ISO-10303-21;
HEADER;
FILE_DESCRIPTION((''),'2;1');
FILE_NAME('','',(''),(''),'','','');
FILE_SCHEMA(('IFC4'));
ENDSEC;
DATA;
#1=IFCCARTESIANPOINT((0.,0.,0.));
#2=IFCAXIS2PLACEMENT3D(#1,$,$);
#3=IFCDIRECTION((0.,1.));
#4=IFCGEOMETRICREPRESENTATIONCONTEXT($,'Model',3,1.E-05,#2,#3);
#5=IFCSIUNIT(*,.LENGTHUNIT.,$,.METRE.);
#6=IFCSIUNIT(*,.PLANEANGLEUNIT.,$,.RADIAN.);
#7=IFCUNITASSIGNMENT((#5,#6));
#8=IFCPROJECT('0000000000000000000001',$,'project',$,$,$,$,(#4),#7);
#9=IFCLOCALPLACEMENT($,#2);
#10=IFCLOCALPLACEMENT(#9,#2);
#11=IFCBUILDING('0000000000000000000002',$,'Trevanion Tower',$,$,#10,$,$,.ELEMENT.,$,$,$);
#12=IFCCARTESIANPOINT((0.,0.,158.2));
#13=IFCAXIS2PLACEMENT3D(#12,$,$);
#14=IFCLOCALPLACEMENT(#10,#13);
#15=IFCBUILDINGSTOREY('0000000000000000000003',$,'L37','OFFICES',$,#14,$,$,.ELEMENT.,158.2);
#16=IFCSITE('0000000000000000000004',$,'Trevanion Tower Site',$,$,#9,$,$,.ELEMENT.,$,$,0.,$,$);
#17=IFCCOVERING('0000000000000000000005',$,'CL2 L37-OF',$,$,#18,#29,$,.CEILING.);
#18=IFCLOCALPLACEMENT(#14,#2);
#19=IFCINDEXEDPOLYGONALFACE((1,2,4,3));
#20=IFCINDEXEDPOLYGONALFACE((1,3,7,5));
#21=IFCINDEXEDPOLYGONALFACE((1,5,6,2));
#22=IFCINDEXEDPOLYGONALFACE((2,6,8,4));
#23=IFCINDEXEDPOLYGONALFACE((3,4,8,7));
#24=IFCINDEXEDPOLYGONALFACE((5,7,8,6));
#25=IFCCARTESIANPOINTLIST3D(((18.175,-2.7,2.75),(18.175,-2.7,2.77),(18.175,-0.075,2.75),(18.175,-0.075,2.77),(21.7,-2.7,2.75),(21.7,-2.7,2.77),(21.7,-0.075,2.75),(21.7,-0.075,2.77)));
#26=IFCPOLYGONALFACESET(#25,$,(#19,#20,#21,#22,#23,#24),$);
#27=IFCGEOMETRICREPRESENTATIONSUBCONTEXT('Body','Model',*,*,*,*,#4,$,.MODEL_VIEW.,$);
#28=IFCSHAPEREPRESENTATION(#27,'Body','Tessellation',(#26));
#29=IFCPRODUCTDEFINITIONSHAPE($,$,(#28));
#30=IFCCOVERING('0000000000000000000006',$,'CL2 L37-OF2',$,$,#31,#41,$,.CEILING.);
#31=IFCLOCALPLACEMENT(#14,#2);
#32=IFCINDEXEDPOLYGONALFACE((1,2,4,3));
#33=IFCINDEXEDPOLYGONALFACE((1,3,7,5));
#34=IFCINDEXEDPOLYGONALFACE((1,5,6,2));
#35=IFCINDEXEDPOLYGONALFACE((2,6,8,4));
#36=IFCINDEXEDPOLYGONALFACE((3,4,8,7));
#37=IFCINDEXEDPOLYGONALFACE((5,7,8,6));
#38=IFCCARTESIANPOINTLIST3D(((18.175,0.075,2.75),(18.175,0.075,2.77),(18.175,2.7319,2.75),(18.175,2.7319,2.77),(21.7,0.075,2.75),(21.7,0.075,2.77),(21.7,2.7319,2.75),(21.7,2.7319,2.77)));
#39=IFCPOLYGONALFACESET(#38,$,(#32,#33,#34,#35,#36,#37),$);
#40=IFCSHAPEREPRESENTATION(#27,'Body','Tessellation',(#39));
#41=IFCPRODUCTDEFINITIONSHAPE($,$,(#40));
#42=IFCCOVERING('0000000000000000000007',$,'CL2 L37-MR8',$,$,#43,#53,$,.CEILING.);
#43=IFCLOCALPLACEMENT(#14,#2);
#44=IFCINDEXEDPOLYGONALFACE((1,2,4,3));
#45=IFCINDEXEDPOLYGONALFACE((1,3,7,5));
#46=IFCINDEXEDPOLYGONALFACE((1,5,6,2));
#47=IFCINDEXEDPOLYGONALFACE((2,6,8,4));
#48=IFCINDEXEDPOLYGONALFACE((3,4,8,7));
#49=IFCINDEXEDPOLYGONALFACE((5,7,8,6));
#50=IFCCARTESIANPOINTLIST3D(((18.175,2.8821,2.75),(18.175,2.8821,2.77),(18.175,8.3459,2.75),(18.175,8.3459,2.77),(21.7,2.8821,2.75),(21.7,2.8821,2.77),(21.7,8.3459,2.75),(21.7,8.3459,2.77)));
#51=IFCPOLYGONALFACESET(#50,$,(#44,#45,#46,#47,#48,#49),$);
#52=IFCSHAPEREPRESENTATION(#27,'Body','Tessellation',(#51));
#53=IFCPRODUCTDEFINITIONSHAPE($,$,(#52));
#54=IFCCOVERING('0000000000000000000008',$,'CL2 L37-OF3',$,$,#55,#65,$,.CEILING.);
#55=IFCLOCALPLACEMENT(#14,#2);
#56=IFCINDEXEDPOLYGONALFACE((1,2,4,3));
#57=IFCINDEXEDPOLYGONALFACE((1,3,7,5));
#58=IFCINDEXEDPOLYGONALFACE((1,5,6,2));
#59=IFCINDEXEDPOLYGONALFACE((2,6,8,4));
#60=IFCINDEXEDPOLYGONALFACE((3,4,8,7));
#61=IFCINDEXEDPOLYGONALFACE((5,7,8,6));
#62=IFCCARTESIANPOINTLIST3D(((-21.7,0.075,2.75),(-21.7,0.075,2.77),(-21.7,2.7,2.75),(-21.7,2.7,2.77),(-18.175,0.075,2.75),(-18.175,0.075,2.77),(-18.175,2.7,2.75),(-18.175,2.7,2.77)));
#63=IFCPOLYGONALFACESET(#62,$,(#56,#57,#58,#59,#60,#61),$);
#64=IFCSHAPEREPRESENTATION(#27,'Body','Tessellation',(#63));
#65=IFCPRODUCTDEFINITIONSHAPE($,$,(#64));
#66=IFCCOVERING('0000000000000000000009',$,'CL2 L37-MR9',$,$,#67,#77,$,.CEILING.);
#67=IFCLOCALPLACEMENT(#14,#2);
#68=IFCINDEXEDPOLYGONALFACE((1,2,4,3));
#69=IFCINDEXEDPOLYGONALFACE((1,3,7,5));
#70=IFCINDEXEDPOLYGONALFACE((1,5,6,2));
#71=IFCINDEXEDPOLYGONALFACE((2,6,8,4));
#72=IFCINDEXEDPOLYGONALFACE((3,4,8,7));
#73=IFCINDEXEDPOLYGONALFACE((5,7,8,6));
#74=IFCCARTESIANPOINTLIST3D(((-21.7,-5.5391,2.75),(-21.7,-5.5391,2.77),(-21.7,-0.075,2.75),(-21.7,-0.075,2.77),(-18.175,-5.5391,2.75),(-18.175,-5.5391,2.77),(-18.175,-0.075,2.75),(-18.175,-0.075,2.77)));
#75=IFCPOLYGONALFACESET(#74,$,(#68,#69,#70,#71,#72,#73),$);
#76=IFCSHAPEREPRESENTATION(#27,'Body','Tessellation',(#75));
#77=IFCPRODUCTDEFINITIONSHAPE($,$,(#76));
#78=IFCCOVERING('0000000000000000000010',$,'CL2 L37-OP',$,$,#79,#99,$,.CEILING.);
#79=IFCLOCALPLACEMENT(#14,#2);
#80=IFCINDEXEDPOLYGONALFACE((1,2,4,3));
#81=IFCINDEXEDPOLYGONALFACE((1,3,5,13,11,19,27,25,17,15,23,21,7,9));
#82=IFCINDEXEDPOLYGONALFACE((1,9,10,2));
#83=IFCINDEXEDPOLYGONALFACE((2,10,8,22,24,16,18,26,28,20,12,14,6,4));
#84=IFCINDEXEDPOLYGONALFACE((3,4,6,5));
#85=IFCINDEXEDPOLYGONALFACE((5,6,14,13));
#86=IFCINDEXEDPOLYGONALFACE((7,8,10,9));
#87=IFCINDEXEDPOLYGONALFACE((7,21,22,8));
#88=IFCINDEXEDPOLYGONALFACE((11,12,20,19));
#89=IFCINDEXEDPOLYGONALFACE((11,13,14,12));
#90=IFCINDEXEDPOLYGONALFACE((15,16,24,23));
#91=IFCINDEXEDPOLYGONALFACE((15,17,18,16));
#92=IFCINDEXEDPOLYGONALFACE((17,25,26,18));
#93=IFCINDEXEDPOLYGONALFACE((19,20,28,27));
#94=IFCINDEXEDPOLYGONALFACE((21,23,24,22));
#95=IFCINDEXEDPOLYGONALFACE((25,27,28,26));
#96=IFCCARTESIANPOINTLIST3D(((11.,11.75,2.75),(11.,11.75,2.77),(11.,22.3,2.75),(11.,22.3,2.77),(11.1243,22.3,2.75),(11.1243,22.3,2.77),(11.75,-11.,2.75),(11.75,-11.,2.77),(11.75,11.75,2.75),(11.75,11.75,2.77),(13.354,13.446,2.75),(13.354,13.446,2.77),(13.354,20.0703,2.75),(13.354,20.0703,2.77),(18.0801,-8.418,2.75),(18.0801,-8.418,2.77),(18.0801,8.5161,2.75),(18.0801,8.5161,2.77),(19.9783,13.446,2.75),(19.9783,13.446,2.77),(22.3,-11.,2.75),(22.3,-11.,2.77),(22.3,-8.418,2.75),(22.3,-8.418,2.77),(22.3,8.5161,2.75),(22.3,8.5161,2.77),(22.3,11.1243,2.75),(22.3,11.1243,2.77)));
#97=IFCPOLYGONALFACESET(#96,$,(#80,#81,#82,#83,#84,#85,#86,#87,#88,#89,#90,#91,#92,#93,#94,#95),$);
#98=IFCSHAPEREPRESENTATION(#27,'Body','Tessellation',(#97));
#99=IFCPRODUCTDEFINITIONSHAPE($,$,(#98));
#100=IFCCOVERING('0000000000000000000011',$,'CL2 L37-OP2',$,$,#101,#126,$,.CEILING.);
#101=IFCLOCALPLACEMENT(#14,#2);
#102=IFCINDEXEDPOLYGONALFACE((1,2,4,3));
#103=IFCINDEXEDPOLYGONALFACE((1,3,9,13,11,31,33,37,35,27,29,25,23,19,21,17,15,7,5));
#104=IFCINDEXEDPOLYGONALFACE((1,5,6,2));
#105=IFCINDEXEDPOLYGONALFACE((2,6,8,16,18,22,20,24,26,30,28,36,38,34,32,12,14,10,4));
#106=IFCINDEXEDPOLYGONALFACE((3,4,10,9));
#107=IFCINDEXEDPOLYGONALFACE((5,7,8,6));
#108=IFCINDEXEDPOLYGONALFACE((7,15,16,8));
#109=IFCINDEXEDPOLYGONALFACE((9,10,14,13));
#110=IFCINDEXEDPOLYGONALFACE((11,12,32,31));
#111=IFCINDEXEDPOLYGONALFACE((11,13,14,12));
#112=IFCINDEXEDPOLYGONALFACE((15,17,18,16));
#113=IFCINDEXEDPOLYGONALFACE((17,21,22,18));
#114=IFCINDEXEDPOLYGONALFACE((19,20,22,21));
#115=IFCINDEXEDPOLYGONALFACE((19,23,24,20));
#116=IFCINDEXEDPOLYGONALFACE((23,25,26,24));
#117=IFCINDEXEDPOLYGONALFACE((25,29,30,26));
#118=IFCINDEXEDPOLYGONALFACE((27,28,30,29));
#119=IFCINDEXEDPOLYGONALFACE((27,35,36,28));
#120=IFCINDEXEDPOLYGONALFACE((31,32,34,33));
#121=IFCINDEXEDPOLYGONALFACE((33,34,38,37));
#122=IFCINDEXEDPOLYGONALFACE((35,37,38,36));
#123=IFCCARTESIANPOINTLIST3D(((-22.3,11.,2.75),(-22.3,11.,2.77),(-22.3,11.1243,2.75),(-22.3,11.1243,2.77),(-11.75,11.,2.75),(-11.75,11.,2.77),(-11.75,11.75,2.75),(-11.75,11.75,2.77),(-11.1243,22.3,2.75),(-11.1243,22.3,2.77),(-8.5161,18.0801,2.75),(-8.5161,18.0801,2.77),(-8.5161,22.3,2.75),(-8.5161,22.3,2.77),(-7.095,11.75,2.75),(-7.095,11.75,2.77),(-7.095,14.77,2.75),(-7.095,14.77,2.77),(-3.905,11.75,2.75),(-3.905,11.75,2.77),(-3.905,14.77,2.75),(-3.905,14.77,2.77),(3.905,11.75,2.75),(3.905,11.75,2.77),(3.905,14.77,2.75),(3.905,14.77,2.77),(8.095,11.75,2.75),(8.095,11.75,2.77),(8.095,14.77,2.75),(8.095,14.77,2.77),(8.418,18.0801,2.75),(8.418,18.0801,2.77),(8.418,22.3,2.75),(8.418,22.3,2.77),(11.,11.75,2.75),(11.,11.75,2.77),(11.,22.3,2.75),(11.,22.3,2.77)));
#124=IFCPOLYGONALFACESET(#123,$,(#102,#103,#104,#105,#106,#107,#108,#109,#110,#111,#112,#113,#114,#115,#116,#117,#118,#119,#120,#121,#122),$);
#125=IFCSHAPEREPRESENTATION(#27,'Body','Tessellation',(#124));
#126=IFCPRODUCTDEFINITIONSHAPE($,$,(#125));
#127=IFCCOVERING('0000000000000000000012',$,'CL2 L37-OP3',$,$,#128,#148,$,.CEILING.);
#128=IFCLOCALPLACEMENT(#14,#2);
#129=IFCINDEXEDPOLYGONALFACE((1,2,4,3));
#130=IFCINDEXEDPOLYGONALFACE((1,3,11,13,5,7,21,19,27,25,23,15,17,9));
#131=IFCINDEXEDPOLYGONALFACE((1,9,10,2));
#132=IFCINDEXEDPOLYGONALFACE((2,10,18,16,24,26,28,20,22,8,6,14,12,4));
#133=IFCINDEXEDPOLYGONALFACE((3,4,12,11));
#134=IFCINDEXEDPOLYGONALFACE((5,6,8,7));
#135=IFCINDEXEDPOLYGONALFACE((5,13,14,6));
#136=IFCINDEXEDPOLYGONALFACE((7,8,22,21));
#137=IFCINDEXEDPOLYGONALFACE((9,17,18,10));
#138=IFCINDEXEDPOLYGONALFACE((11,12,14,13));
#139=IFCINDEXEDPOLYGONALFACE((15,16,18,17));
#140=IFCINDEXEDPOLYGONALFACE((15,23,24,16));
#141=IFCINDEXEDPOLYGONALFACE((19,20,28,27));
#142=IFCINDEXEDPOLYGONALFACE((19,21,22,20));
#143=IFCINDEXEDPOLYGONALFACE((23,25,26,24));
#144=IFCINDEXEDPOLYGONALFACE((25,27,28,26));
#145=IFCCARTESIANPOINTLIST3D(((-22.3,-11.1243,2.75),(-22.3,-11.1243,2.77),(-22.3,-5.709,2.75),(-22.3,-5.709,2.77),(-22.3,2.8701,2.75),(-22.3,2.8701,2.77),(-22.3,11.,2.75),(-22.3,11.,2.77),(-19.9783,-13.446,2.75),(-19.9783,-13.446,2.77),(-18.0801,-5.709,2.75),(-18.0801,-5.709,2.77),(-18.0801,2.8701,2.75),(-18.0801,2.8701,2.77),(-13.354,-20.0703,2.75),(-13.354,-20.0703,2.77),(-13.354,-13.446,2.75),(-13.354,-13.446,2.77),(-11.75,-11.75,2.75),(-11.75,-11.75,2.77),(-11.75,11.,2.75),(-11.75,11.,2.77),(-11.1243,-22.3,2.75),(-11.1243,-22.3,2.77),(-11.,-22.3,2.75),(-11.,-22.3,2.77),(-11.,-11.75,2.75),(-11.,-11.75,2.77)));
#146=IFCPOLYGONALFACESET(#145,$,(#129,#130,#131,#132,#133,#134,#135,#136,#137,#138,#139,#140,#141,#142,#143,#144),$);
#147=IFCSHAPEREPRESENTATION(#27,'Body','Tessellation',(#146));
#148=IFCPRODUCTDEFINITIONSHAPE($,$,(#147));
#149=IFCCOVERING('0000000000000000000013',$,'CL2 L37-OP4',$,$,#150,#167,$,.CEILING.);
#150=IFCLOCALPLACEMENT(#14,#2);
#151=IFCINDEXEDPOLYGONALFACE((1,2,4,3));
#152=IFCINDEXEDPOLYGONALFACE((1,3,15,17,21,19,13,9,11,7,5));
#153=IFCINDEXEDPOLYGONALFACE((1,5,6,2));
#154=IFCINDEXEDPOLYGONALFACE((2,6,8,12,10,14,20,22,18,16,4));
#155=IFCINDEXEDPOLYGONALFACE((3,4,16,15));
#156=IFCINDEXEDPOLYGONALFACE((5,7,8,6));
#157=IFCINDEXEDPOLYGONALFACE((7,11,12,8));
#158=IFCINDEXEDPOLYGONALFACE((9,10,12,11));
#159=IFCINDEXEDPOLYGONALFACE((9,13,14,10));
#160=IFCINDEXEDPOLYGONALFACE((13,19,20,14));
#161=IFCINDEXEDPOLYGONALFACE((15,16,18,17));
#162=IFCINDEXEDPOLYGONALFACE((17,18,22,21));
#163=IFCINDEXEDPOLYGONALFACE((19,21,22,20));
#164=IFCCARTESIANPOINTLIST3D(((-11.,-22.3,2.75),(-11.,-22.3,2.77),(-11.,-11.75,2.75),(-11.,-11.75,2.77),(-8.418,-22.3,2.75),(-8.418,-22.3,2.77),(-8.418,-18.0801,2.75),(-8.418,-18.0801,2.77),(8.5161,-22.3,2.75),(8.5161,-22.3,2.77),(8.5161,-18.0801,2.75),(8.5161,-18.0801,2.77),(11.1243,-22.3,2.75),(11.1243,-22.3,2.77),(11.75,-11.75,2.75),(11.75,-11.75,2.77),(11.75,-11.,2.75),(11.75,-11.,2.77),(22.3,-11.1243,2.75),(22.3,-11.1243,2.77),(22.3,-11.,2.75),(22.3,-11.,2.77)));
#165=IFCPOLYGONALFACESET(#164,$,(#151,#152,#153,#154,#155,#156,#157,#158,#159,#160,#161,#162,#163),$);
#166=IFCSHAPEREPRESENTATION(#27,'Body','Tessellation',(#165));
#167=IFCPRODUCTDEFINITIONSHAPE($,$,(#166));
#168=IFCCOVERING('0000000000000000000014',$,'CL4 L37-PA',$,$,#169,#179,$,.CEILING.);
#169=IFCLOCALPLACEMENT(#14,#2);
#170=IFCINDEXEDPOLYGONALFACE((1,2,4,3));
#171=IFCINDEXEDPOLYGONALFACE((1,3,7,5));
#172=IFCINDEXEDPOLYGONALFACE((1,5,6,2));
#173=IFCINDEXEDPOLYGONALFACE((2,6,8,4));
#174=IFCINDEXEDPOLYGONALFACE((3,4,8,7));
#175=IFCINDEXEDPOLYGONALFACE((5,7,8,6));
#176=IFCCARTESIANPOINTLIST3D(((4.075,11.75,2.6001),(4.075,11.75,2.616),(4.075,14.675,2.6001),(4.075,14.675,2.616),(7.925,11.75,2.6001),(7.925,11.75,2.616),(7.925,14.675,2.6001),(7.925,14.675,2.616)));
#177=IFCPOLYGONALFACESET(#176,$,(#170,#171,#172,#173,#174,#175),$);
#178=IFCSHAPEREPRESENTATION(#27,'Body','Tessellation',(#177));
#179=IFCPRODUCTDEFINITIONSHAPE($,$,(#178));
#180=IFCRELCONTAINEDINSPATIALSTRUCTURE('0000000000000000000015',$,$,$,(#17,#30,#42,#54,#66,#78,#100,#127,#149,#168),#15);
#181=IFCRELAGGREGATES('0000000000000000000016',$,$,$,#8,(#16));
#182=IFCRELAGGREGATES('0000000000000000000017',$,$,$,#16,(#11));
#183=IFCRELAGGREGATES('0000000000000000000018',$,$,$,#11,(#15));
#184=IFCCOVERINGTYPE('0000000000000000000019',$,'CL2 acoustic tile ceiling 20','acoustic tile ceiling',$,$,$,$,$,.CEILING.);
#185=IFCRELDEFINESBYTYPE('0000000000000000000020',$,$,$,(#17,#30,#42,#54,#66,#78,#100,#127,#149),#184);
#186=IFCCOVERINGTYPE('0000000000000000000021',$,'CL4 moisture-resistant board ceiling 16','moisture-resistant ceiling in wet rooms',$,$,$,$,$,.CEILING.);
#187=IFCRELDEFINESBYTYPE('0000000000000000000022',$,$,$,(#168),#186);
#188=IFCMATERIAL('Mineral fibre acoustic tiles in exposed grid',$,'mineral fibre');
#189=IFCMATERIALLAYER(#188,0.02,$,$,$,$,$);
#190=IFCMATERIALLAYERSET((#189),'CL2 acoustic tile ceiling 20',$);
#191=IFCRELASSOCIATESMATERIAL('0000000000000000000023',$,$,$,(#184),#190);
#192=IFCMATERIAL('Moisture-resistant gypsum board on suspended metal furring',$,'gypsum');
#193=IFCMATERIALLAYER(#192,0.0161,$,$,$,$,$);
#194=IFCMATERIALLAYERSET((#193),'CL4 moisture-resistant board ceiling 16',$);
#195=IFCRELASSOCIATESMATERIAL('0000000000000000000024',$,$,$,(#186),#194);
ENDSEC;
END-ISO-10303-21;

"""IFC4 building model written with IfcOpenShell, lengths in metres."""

from ifc_helpers import new_model, si_unit, direction, frame, origin, place, context, subcontext, project, spatial, polyline, outline, extrude, material, layer, layer_set, type_object, element, save


model = new_model("IFC4")

# Units and contexts
model_context = context("Model", 3, precision=1e-05, world=origin(), true_north=direction((0.0, 1.0)))
body_context = subcontext(model_context, "Body", "Model", "MODEL_VIEW")
ifc_project = project(units=[si_unit("LENGTHUNIT", "METRE"), si_unit("PLANEANGLEUNIT", "RADIAN")], contexts=[model_context])

# Site, building, storey
site_placement = place(None, origin())
site = spatial("IfcSite", under=ifc_project, at=site_placement, Name="Trevanion Tower Site", CompositionType="ELEMENT", RefElevation=0.0)
building_placement = place(site_placement, origin())
building = spatial("IfcBuilding", under=site, at=building_placement, Name="Trevanion Tower", CompositionType="ELEMENT")
storey_placement = place(building_placement, frame((0.0, 0.0, 158.2)))
storey = spatial("IfcBuildingStorey", under=building, at=storey_placement, Name="L37", Description="OFFICES", CompositionType="ELEMENT", Elevation=158.2)

# Coverings
ifc_material_1 = material(Name="Mineral fibre acoustic tiles in exposed grid", Category="mineral fibre")
ifc_layer_1 = layer(ifc_material_1, 0.02)
ifc_layer_set_1 = layer_set([ifc_layer_1], Name="CL2 acoustic tile ceiling 20")
covering_type_1 = type_object("IfcCoveringType", Name="CL2 acoustic tile ceiling 20", Description="acoustic tile ceiling", PredefinedType="CEILING", material=ifc_layer_set_1)
covering_1_placement = place(storey_placement, frame((0.0, 0.0, 2.75)))
element("IfcCovering", 1, at=covering_1_placement, inside=storey, type_object=covering_type_1, Name="CL2 L37-OF", PredefinedType="CEILING", context=body_context, shape_type="SweptSolid", body=[
    extrude(outline(polyline([(18.175, -2.7), (18.175, -0.075), (21.7, -0.075), (21.7, -2.7), (18.175, -2.7)])), origin(), (0.0, 0.0, 1.0), 0.02),
])
covering_2_placement = place(storey_placement, frame((0.0, 0.0, 2.75)))
element("IfcCovering", 2, at=covering_2_placement, inside=storey, type_object=covering_type_1, Name="CL2 L37-OF2", PredefinedType="CEILING", context=body_context, shape_type="SweptSolid", body=[
    extrude(outline(polyline([(18.175, 0.075), (18.175, 2.7319), (21.7, 2.7319), (21.7, 0.075), (18.175, 0.075)])), origin(), (0.0, 0.0, 1.0), 0.02),
])
covering_3_placement = place(storey_placement, frame((0.0, 0.0, 2.75)))
element("IfcCovering", 3, at=covering_3_placement, inside=storey, type_object=covering_type_1, Name="CL2 L37-MR8", PredefinedType="CEILING", context=body_context, shape_type="SweptSolid", body=[
    extrude(outline(polyline([(18.175, 2.8821), (18.175, 8.3459), (21.7, 8.3459), (21.7, 2.8821), (18.175, 2.8821)])), origin(), (0.0, 0.0, 1.0), 0.02),
])
covering_4_placement = place(storey_placement, frame((0.0, 0.0, 2.75)))
element("IfcCovering", 4, at=covering_4_placement, inside=storey, type_object=covering_type_1, Name="CL2 L37-OF3", PredefinedType="CEILING", context=body_context, shape_type="SweptSolid", body=[
    extrude(outline(polyline([(-18.175, 2.7), (-18.175, 0.075), (-21.7, 0.075), (-21.7, 2.7), (-18.175, 2.7)])), origin(), (0.0, 0.0, 1.0), 0.02),
])
covering_5_placement = place(storey_placement, frame((0.0, 0.0, 2.75)))
element("IfcCovering", 5, at=covering_5_placement, inside=storey, type_object=covering_type_1, Name="CL2 L37-MR9", PredefinedType="CEILING", context=body_context, shape_type="SweptSolid", body=[
    extrude(outline(polyline([(-18.175, -0.075), (-18.175, -5.5391), (-21.7, -5.5391), (-21.7, -0.075), (-18.175, -0.075)])), origin(), (0.0, 0.0, 1.0), 0.02),
])
covering_6_placement = place(storey_placement, frame((0.0, 0.0, 2.75)))
element("IfcCovering", 6, at=covering_6_placement, inside=storey, type_object=covering_type_1, Name="CL2 L37-OP", PredefinedType="CEILING", context=body_context, shape_type="SweptSolid", body=[
    extrude(outline(polyline([(11.75, 11.75), (11.0, 11.75), (11.0, 22.3), (11.1243, 22.3), (13.354, 20.0703), (13.354, 13.446), (19.9783, 13.446), (22.3, 11.1243), (22.3, 8.5161), (18.0801, 8.5161), (18.0801, -8.418), (22.3, -8.418), (22.3, -11.0), (11.75, -11.0), (11.75, 11.75)])), origin(), (0.0, 0.0, 1.0), 0.02),
])
covering_7_placement = place(storey_placement, frame((0.0, 0.0, 2.75)))
element("IfcCovering", 7, at=covering_7_placement, inside=storey, type_object=covering_type_1, Name="CL2 L37-OP2", PredefinedType="CEILING", context=body_context, shape_type="SweptSolid", body=[
    extrude(outline(polyline([(8.095, 11.75), (8.095, 14.77), (3.905, 14.77), (3.905, 11.75), (-3.905, 11.75), (-3.905, 14.77), (-7.095, 14.77), (-7.095, 11.75), (-11.75, 11.75), (-11.75, 11.0), (-22.3, 11.0), (-22.3, 11.1243), (-11.1243, 22.3), (-8.5161, 22.3), (-8.5161, 18.0801), (8.418, 18.0801), (8.418, 22.3), (11.0, 22.3), (11.0, 11.75), (8.095, 11.75)])), origin(), (0.0, 0.0, 1.0), 0.02),
])
covering_8_placement = place(storey_placement, frame((0.0, 0.0, 2.75)))
element("IfcCovering", 8, at=covering_8_placement, inside=storey, type_object=covering_type_1, Name="CL2 L37-OP3", PredefinedType="CEILING", context=body_context, shape_type="SweptSolid", body=[
    extrude(outline(polyline([(-11.75, -11.75), (-11.0, -11.75), (-11.0, -22.3), (-11.1243, -22.3), (-13.354, -20.0703), (-13.354, -13.446), (-19.9783, -13.446), (-22.3, -11.1243), (-22.3, -5.709), (-18.0801, -5.709), (-18.0801, 2.8701), (-22.3, 2.8701), (-22.3, 11.0), (-11.75, 11.0), (-11.75, -11.75)])), origin(), (0.0, 0.0, 1.0), 0.02),
])
covering_9_placement = place(storey_placement, frame((0.0, 0.0, 2.75)))
element("IfcCovering", 9, at=covering_9_placement, inside=storey, type_object=covering_type_1, Name="CL2 L37-OP4", PredefinedType="CEILING", context=body_context, shape_type="SweptSolid", body=[
    extrude(outline(polyline([(11.75, -11.75), (11.75, -11.0), (22.3, -11.0), (22.3, -11.1243), (11.1243, -22.3), (8.5161, -22.3), (8.5161, -18.0801), (-8.418, -18.0801), (-8.418, -22.3), (-11.0, -22.3), (-11.0, -11.75), (11.75, -11.75)])), origin(), (0.0, 0.0, 1.0), 0.02),
])
ifc_material_2 = material(Name="Moisture-resistant gypsum board on suspended metal furring", Category="gypsum")
ifc_layer_2 = layer(ifc_material_2, 0.0161)
ifc_layer_set_2 = layer_set([ifc_layer_2], Name="CL4 moisture-resistant board ceiling 16")
covering_type_2 = type_object("IfcCoveringType", Name="CL4 moisture-resistant board ceiling 16", Description="moisture-resistant ceiling in wet rooms", PredefinedType="CEILING", material=ifc_layer_set_2)
covering_10_placement = place(storey_placement, frame((0.0, 0.0, 2.6001)))
element("IfcCovering", 10, at=covering_10_placement, inside=storey, type_object=covering_type_2, Name="CL4 L37-PA", PredefinedType="CEILING", context=body_context, shape_type="SweptSolid", body=[
    extrude(outline(polyline([(4.075, 14.675), (7.925, 14.675), (7.925, 11.75), (4.075, 11.75), (4.075, 14.675)])), origin(), (0.0, 0.0, 1.0), 0.0159),
])

save(model, "model.ifc")
